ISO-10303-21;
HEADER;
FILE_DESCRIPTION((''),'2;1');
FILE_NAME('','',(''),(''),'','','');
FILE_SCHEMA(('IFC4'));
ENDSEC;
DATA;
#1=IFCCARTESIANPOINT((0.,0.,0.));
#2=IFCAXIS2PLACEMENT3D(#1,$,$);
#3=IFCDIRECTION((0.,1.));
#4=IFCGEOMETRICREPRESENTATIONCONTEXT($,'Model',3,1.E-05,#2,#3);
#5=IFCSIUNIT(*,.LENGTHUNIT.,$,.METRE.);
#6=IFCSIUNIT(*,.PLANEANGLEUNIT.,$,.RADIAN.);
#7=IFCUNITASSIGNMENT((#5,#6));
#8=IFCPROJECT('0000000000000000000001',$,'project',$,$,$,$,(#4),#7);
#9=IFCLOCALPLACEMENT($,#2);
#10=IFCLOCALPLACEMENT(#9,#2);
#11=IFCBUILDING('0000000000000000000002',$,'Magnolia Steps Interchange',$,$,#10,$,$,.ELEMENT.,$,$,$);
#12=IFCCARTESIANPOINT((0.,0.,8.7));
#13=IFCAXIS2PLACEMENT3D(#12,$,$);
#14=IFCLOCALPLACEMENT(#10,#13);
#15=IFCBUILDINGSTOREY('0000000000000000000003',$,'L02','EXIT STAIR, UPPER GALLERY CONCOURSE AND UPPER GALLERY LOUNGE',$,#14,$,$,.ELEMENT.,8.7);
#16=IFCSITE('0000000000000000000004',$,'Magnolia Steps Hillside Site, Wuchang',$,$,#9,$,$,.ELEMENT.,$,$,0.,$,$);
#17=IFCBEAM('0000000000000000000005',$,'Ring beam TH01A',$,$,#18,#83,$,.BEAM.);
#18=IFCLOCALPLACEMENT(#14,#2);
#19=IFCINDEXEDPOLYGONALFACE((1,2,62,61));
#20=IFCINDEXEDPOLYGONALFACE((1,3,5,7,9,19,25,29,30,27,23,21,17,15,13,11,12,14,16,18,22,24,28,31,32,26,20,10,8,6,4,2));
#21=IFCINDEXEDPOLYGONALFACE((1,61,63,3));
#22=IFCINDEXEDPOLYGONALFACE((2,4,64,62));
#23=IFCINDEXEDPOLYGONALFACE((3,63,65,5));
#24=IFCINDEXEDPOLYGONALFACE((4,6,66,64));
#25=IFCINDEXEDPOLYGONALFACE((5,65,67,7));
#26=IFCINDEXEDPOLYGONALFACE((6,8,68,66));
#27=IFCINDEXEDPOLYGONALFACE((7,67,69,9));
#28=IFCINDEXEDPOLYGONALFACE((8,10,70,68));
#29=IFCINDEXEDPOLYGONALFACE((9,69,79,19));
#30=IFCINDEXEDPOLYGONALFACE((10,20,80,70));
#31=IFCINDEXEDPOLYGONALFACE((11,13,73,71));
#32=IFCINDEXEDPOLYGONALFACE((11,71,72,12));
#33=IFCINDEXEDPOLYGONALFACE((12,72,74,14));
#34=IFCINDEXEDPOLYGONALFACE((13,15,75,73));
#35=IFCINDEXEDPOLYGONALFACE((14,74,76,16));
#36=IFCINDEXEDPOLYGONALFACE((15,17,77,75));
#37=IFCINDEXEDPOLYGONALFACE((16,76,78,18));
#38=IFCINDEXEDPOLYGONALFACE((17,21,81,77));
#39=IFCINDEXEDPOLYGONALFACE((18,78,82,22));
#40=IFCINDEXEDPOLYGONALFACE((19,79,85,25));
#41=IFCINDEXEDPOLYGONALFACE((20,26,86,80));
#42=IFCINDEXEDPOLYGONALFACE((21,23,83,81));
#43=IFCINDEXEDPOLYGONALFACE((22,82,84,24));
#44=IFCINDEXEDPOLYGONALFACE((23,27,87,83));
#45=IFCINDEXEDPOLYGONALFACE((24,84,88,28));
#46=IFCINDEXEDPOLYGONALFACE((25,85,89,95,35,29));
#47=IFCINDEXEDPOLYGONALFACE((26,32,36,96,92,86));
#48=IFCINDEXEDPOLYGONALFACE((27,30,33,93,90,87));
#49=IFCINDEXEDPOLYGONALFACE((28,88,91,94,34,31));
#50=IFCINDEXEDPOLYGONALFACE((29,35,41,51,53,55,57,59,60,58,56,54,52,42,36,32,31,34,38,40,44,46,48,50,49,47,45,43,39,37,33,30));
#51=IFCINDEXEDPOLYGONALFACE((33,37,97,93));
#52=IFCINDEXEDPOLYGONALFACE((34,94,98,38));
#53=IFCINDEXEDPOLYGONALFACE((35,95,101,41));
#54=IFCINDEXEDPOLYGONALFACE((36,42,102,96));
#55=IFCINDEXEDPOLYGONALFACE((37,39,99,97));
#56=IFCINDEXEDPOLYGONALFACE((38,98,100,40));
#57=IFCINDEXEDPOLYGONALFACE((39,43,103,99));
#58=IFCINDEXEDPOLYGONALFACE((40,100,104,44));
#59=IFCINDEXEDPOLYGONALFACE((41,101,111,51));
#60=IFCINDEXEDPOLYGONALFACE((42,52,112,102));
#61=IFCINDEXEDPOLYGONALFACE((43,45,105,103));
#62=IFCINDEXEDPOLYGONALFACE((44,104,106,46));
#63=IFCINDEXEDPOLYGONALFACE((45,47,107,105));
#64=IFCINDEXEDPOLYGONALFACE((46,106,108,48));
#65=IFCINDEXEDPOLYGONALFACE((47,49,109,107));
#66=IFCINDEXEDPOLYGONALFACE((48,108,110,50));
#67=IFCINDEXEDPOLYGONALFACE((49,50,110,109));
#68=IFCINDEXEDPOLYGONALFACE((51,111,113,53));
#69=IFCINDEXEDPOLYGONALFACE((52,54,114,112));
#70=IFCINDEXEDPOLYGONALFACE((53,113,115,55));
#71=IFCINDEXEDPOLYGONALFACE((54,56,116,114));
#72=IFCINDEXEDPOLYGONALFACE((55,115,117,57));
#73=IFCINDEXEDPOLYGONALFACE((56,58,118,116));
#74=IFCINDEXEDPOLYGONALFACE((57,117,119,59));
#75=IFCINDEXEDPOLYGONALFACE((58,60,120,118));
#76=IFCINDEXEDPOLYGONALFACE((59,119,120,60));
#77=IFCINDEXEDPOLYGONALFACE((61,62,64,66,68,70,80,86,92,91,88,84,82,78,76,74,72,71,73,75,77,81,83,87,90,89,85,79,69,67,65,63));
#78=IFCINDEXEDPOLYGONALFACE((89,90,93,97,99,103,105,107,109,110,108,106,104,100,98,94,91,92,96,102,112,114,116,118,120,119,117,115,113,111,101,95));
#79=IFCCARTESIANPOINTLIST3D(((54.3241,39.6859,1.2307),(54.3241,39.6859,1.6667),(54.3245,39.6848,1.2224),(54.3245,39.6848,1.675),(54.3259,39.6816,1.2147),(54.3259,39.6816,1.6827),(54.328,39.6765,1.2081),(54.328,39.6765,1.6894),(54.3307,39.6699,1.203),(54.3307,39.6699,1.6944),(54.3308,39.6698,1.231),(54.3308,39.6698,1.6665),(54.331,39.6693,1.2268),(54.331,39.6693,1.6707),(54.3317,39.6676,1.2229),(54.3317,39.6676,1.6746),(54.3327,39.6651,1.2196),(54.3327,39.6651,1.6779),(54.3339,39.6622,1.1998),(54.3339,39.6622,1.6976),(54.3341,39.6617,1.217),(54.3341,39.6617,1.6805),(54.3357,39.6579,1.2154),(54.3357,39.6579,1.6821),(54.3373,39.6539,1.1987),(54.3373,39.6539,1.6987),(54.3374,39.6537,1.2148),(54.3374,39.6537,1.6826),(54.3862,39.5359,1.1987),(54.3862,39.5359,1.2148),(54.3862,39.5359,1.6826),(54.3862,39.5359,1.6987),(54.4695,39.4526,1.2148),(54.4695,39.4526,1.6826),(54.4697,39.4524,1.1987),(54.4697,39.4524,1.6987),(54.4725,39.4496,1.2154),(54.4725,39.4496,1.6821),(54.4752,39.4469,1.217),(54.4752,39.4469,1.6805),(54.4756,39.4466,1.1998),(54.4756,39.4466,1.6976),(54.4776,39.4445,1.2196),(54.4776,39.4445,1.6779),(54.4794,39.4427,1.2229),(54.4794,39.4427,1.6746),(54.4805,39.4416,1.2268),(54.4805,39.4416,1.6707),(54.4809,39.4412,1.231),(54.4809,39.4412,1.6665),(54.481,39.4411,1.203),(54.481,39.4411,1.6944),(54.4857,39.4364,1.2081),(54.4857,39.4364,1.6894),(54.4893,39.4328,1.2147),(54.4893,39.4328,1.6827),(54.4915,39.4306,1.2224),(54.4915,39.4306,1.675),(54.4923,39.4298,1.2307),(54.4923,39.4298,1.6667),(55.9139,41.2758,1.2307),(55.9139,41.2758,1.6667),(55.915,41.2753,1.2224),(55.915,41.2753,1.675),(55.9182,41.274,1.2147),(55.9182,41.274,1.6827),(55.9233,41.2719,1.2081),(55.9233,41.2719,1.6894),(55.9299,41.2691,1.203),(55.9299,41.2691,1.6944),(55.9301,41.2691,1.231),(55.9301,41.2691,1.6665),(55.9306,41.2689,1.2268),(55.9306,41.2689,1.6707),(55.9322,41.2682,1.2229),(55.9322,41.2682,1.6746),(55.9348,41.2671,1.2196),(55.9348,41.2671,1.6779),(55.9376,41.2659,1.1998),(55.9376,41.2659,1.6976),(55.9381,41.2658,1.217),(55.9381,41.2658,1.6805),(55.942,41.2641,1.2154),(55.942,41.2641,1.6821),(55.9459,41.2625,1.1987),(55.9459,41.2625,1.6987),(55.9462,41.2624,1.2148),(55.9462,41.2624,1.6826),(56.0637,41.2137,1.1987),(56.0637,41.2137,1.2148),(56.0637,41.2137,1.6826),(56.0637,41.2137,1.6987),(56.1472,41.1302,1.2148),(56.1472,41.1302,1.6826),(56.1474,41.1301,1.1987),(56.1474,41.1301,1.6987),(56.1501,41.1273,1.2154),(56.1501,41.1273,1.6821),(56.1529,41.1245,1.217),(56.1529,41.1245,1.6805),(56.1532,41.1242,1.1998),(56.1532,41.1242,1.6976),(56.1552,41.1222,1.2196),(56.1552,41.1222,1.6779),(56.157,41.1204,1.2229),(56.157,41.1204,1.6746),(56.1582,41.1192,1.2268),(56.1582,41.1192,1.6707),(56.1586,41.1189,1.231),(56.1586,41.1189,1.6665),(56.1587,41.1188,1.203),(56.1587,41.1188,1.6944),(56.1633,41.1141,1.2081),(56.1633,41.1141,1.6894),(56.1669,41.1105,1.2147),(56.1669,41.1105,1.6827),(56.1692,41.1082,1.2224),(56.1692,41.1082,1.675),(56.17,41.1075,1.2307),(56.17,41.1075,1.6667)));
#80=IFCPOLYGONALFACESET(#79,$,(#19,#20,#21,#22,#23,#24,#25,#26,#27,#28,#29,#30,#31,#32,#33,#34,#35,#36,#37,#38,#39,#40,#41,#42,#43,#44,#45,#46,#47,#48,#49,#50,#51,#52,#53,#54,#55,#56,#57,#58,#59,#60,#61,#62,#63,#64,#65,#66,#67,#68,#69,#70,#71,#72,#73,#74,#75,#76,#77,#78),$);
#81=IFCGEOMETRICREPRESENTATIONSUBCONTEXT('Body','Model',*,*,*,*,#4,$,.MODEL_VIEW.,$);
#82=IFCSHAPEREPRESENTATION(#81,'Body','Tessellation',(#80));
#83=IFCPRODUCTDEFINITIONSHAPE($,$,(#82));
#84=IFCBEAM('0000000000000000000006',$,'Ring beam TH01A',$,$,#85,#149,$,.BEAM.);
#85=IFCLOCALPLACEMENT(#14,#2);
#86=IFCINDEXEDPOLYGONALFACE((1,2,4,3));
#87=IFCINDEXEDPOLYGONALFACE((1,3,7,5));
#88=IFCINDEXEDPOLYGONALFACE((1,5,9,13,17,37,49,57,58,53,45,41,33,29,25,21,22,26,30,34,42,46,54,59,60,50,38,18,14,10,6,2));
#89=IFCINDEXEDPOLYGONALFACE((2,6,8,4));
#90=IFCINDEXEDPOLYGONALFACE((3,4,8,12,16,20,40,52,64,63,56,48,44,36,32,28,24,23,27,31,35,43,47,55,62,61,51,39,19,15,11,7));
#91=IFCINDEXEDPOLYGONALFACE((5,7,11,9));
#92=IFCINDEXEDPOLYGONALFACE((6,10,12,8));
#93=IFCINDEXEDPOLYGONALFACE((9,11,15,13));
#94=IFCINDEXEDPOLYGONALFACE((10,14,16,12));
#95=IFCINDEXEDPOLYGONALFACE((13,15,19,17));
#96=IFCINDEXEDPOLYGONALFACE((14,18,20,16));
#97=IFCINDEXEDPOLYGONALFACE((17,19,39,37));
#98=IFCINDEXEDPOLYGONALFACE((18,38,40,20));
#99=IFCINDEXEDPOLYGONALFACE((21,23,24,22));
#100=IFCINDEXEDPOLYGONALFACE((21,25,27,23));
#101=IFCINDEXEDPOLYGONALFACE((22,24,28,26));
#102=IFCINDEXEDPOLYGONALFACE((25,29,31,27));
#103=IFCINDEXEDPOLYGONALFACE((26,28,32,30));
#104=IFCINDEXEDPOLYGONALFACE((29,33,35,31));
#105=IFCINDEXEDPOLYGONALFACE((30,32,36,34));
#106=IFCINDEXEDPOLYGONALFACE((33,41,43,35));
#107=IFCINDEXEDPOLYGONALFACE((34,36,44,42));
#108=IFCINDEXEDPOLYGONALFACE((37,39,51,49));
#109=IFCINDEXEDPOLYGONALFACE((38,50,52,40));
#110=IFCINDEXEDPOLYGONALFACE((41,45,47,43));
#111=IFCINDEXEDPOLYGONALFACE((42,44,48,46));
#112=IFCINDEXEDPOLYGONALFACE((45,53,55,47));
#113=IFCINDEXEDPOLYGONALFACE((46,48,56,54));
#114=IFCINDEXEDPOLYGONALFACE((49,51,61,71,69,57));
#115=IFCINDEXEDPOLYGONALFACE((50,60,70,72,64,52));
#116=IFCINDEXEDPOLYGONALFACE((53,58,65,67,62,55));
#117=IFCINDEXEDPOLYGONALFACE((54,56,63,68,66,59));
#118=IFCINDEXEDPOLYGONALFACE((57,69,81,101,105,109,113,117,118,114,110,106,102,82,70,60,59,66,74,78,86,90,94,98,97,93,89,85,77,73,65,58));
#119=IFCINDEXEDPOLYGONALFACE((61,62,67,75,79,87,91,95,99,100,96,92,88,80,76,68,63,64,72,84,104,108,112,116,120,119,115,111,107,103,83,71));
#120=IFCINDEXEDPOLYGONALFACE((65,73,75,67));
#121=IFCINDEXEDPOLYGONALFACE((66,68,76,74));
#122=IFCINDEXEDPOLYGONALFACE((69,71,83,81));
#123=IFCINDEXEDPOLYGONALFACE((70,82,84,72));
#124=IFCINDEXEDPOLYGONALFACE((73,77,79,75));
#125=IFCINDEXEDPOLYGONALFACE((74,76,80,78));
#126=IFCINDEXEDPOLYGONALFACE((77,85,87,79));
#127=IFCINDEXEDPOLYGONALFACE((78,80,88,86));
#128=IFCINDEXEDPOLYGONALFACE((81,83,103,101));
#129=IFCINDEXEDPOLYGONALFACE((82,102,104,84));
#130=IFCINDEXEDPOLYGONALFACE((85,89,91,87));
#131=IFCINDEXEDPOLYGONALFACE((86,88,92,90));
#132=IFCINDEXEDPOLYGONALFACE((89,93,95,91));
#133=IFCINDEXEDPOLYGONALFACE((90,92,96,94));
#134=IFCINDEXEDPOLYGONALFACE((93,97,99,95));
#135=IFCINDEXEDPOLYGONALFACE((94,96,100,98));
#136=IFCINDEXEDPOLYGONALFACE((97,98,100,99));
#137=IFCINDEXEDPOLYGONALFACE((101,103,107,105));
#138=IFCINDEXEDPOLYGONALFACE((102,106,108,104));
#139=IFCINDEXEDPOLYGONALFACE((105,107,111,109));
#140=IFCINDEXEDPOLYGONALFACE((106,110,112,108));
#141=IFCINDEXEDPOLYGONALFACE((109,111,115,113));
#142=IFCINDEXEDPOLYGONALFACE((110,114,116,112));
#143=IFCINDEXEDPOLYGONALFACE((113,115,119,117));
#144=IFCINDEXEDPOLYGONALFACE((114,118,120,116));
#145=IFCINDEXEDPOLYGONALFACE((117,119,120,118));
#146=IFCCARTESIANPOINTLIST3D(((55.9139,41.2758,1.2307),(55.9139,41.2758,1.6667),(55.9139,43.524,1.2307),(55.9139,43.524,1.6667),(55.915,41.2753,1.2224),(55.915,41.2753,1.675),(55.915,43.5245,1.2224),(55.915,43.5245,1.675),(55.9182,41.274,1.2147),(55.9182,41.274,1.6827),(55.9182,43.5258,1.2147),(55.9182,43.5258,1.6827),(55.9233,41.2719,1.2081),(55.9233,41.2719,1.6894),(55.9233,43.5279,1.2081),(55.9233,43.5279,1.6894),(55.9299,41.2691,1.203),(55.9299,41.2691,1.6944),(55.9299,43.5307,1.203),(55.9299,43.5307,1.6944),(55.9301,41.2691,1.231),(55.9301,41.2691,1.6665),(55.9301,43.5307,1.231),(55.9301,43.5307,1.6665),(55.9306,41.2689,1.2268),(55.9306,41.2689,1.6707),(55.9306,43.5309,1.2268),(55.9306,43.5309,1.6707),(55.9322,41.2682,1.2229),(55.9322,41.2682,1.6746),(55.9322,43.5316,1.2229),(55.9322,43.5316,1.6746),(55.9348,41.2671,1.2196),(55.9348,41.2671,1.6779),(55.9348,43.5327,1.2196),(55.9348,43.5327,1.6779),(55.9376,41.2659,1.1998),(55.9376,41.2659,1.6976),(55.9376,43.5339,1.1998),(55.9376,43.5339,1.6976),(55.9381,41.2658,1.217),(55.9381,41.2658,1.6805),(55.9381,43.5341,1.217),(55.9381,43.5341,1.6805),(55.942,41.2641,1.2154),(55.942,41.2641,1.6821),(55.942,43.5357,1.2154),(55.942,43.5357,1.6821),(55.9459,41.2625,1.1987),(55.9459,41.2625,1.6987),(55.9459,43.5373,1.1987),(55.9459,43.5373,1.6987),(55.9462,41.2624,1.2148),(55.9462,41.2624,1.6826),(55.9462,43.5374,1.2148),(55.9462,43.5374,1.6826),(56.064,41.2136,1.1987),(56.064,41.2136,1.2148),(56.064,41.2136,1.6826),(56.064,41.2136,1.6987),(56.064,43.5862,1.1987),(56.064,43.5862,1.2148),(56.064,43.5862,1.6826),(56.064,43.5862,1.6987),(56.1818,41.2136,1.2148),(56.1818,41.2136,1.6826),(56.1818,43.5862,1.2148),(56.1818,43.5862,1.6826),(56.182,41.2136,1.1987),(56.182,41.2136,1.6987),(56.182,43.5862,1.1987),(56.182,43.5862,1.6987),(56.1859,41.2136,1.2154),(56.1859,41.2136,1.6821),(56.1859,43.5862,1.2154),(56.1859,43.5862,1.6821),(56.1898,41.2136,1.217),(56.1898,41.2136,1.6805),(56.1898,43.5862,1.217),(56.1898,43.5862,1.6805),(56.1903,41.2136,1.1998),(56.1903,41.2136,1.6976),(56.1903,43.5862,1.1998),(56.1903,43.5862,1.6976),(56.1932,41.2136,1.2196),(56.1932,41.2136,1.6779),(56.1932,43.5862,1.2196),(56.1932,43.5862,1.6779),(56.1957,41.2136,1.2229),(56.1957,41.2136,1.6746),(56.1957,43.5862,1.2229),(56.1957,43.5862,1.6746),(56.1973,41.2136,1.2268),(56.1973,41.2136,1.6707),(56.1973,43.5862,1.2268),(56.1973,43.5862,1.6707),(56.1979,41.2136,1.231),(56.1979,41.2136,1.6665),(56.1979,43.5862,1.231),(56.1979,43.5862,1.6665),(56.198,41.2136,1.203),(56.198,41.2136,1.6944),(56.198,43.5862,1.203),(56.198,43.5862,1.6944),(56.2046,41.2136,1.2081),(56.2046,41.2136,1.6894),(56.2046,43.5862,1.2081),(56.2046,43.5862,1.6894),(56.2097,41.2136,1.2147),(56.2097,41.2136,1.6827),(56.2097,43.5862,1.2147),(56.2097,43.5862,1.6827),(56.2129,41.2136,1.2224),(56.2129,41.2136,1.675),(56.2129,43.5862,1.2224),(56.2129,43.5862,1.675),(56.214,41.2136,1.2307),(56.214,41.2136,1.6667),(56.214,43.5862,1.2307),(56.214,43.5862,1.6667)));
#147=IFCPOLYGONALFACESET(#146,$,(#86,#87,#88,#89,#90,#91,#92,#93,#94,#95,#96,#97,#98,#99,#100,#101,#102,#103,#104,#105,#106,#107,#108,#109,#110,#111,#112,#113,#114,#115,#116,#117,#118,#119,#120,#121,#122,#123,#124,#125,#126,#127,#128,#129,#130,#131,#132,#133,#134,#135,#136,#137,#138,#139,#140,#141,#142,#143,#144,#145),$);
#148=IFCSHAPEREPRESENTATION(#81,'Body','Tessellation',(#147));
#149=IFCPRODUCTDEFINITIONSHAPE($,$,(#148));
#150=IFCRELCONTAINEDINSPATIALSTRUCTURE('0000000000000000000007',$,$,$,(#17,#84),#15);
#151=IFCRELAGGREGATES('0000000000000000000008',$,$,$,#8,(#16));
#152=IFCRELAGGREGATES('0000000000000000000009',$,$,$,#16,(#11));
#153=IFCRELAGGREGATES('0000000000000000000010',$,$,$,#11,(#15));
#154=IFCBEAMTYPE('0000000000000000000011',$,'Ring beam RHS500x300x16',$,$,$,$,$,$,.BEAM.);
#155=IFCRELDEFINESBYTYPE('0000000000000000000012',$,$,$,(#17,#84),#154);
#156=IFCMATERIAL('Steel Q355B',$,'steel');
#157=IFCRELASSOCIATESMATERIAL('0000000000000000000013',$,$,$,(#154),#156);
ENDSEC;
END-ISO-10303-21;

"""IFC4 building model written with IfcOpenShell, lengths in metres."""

from ifc_helpers import new_model, si_unit, direction, frame, origin, origin_2d, place, context, subcontext, project, spatial, hollow_rectangle, extrude, clip, halfspace, material, material_profile, profile_set, type_object, element, save


model = new_model("IFC4")

# Units and contexts
model_context = context("Model", 3, precision=1e-05, world=origin(), true_north=direction((0.0, 1.0)))
body_context = subcontext(model_context, "Body", "Model", "MODEL_VIEW")
ifc_project = project(units=[si_unit("LENGTHUNIT", "METRE"), si_unit("PLANEANGLEUNIT", "RADIAN")], contexts=[model_context])

# Site, building, storey
site_placement = place(None, origin())
site = spatial("IfcSite", under=ifc_project, at=site_placement, Name="Magnolia Steps Hillside Site, Wuchang", CompositionType="ELEMENT", RefElevation=0.0)
building_placement = place(site_placement, origin())
building = spatial("IfcBuilding", under=site, at=building_placement, Name="Magnolia Steps Interchange", CompositionType="ELEMENT")
storey_placement = place(building_placement, frame((0.0, 0.0, 8.7)))
storey = spatial("IfcBuildingStorey", under=building, at=storey_placement, Name="L02", Description="EXIT STAIR, UPPER GALLERY CONCOURSE AND UPPER GALLERY LOUNGE", CompositionType="ELEMENT", Elevation=8.7)

# Beams
ifc_material_1 = material(Name="Steel Q355B", Category="steel")
ifc_material_profile_1 = material_profile(ifc_material_1, hollow_rectangle(XDim=0.3, YDim=0.5, WallThickness=0.0161, InnerFilletRadius=0.0161, OuterFilletRadius=0.032, at=origin_2d()), Name="RHS500x300x16")
ifc_profile_set_1 = profile_set([ifc_material_profile_1], Name="Steel Q355B")
beam_type_1 = type_object("IfcBeamType", Name="Ring beam RHS500x300x16", PredefinedType="BEAM", material=ifc_profile_set_1)
beam_1_placement = place(storey_placement, frame((54.3862, 39.5359, 1.4487), z_axis=(0.707107, 0.707107, 0.0), x_axis=(-0.707107, 0.707107, 0.0)))
element("IfcBeam", 1, at=beam_1_placement, inside=storey, type_object=beam_type_1, Name="Ring beam TH01A", PredefinedType="BEAM", context=body_context, shape_type="Clipping", body=[
    clip(clip(extrude(hollow_rectangle(XDim=0.3, YDim=0.5, WallThickness=0.0161, InnerFilletRadius=0.0161, OuterFilletRadius=0.032, at=origin_2d()), origin(), (0.0, 0.0, 1.0), 2.3726), halfspace(frame((0.0, 0.0, 0.0), z_axis=(0.382683, 0.0, -0.92388), x_axis=(0.92388, 0.0, 0.382683)), False)), halfspace(frame((0.0, 0.0, 2.3727), z_axis=(0.382683, 0.0, 0.92388), x_axis=(0.92388, 0.0, -0.382683)), False)),
])
beam_2_placement = place(storey_placement, frame((56.064, 41.2136, 1.4487), z_axis=(0.0, 1.0, 0.0), x_axis=(-1.0, 0.0, 0.0)))
element("IfcBeam", 2, at=beam_2_placement, inside=storey, type_object=beam_type_1, Name="Ring beam TH01A", PredefinedType="BEAM", context=body_context, shape_type="Clipping", body=[
    clip(clip(extrude(hollow_rectangle(XDim=0.3, YDim=0.5, WallThickness=0.0161, InnerFilletRadius=0.0161, OuterFilletRadius=0.032, at=origin_2d()), origin(), (0.0, 0.0, 1.0), 2.3726), halfspace(frame((0.0, 0.0, 0.0), z_axis=(0.382683, 0.0, -0.92388), x_axis=(0.92388, 0.0, 0.382683)), False)), halfspace(frame((0.0, 0.0, 2.3726), z_axis=(0.382683, 0.0, 0.92388), x_axis=(0.92388, 0.0, -0.382683)), False)),
])

save(model, "model.ifc")
